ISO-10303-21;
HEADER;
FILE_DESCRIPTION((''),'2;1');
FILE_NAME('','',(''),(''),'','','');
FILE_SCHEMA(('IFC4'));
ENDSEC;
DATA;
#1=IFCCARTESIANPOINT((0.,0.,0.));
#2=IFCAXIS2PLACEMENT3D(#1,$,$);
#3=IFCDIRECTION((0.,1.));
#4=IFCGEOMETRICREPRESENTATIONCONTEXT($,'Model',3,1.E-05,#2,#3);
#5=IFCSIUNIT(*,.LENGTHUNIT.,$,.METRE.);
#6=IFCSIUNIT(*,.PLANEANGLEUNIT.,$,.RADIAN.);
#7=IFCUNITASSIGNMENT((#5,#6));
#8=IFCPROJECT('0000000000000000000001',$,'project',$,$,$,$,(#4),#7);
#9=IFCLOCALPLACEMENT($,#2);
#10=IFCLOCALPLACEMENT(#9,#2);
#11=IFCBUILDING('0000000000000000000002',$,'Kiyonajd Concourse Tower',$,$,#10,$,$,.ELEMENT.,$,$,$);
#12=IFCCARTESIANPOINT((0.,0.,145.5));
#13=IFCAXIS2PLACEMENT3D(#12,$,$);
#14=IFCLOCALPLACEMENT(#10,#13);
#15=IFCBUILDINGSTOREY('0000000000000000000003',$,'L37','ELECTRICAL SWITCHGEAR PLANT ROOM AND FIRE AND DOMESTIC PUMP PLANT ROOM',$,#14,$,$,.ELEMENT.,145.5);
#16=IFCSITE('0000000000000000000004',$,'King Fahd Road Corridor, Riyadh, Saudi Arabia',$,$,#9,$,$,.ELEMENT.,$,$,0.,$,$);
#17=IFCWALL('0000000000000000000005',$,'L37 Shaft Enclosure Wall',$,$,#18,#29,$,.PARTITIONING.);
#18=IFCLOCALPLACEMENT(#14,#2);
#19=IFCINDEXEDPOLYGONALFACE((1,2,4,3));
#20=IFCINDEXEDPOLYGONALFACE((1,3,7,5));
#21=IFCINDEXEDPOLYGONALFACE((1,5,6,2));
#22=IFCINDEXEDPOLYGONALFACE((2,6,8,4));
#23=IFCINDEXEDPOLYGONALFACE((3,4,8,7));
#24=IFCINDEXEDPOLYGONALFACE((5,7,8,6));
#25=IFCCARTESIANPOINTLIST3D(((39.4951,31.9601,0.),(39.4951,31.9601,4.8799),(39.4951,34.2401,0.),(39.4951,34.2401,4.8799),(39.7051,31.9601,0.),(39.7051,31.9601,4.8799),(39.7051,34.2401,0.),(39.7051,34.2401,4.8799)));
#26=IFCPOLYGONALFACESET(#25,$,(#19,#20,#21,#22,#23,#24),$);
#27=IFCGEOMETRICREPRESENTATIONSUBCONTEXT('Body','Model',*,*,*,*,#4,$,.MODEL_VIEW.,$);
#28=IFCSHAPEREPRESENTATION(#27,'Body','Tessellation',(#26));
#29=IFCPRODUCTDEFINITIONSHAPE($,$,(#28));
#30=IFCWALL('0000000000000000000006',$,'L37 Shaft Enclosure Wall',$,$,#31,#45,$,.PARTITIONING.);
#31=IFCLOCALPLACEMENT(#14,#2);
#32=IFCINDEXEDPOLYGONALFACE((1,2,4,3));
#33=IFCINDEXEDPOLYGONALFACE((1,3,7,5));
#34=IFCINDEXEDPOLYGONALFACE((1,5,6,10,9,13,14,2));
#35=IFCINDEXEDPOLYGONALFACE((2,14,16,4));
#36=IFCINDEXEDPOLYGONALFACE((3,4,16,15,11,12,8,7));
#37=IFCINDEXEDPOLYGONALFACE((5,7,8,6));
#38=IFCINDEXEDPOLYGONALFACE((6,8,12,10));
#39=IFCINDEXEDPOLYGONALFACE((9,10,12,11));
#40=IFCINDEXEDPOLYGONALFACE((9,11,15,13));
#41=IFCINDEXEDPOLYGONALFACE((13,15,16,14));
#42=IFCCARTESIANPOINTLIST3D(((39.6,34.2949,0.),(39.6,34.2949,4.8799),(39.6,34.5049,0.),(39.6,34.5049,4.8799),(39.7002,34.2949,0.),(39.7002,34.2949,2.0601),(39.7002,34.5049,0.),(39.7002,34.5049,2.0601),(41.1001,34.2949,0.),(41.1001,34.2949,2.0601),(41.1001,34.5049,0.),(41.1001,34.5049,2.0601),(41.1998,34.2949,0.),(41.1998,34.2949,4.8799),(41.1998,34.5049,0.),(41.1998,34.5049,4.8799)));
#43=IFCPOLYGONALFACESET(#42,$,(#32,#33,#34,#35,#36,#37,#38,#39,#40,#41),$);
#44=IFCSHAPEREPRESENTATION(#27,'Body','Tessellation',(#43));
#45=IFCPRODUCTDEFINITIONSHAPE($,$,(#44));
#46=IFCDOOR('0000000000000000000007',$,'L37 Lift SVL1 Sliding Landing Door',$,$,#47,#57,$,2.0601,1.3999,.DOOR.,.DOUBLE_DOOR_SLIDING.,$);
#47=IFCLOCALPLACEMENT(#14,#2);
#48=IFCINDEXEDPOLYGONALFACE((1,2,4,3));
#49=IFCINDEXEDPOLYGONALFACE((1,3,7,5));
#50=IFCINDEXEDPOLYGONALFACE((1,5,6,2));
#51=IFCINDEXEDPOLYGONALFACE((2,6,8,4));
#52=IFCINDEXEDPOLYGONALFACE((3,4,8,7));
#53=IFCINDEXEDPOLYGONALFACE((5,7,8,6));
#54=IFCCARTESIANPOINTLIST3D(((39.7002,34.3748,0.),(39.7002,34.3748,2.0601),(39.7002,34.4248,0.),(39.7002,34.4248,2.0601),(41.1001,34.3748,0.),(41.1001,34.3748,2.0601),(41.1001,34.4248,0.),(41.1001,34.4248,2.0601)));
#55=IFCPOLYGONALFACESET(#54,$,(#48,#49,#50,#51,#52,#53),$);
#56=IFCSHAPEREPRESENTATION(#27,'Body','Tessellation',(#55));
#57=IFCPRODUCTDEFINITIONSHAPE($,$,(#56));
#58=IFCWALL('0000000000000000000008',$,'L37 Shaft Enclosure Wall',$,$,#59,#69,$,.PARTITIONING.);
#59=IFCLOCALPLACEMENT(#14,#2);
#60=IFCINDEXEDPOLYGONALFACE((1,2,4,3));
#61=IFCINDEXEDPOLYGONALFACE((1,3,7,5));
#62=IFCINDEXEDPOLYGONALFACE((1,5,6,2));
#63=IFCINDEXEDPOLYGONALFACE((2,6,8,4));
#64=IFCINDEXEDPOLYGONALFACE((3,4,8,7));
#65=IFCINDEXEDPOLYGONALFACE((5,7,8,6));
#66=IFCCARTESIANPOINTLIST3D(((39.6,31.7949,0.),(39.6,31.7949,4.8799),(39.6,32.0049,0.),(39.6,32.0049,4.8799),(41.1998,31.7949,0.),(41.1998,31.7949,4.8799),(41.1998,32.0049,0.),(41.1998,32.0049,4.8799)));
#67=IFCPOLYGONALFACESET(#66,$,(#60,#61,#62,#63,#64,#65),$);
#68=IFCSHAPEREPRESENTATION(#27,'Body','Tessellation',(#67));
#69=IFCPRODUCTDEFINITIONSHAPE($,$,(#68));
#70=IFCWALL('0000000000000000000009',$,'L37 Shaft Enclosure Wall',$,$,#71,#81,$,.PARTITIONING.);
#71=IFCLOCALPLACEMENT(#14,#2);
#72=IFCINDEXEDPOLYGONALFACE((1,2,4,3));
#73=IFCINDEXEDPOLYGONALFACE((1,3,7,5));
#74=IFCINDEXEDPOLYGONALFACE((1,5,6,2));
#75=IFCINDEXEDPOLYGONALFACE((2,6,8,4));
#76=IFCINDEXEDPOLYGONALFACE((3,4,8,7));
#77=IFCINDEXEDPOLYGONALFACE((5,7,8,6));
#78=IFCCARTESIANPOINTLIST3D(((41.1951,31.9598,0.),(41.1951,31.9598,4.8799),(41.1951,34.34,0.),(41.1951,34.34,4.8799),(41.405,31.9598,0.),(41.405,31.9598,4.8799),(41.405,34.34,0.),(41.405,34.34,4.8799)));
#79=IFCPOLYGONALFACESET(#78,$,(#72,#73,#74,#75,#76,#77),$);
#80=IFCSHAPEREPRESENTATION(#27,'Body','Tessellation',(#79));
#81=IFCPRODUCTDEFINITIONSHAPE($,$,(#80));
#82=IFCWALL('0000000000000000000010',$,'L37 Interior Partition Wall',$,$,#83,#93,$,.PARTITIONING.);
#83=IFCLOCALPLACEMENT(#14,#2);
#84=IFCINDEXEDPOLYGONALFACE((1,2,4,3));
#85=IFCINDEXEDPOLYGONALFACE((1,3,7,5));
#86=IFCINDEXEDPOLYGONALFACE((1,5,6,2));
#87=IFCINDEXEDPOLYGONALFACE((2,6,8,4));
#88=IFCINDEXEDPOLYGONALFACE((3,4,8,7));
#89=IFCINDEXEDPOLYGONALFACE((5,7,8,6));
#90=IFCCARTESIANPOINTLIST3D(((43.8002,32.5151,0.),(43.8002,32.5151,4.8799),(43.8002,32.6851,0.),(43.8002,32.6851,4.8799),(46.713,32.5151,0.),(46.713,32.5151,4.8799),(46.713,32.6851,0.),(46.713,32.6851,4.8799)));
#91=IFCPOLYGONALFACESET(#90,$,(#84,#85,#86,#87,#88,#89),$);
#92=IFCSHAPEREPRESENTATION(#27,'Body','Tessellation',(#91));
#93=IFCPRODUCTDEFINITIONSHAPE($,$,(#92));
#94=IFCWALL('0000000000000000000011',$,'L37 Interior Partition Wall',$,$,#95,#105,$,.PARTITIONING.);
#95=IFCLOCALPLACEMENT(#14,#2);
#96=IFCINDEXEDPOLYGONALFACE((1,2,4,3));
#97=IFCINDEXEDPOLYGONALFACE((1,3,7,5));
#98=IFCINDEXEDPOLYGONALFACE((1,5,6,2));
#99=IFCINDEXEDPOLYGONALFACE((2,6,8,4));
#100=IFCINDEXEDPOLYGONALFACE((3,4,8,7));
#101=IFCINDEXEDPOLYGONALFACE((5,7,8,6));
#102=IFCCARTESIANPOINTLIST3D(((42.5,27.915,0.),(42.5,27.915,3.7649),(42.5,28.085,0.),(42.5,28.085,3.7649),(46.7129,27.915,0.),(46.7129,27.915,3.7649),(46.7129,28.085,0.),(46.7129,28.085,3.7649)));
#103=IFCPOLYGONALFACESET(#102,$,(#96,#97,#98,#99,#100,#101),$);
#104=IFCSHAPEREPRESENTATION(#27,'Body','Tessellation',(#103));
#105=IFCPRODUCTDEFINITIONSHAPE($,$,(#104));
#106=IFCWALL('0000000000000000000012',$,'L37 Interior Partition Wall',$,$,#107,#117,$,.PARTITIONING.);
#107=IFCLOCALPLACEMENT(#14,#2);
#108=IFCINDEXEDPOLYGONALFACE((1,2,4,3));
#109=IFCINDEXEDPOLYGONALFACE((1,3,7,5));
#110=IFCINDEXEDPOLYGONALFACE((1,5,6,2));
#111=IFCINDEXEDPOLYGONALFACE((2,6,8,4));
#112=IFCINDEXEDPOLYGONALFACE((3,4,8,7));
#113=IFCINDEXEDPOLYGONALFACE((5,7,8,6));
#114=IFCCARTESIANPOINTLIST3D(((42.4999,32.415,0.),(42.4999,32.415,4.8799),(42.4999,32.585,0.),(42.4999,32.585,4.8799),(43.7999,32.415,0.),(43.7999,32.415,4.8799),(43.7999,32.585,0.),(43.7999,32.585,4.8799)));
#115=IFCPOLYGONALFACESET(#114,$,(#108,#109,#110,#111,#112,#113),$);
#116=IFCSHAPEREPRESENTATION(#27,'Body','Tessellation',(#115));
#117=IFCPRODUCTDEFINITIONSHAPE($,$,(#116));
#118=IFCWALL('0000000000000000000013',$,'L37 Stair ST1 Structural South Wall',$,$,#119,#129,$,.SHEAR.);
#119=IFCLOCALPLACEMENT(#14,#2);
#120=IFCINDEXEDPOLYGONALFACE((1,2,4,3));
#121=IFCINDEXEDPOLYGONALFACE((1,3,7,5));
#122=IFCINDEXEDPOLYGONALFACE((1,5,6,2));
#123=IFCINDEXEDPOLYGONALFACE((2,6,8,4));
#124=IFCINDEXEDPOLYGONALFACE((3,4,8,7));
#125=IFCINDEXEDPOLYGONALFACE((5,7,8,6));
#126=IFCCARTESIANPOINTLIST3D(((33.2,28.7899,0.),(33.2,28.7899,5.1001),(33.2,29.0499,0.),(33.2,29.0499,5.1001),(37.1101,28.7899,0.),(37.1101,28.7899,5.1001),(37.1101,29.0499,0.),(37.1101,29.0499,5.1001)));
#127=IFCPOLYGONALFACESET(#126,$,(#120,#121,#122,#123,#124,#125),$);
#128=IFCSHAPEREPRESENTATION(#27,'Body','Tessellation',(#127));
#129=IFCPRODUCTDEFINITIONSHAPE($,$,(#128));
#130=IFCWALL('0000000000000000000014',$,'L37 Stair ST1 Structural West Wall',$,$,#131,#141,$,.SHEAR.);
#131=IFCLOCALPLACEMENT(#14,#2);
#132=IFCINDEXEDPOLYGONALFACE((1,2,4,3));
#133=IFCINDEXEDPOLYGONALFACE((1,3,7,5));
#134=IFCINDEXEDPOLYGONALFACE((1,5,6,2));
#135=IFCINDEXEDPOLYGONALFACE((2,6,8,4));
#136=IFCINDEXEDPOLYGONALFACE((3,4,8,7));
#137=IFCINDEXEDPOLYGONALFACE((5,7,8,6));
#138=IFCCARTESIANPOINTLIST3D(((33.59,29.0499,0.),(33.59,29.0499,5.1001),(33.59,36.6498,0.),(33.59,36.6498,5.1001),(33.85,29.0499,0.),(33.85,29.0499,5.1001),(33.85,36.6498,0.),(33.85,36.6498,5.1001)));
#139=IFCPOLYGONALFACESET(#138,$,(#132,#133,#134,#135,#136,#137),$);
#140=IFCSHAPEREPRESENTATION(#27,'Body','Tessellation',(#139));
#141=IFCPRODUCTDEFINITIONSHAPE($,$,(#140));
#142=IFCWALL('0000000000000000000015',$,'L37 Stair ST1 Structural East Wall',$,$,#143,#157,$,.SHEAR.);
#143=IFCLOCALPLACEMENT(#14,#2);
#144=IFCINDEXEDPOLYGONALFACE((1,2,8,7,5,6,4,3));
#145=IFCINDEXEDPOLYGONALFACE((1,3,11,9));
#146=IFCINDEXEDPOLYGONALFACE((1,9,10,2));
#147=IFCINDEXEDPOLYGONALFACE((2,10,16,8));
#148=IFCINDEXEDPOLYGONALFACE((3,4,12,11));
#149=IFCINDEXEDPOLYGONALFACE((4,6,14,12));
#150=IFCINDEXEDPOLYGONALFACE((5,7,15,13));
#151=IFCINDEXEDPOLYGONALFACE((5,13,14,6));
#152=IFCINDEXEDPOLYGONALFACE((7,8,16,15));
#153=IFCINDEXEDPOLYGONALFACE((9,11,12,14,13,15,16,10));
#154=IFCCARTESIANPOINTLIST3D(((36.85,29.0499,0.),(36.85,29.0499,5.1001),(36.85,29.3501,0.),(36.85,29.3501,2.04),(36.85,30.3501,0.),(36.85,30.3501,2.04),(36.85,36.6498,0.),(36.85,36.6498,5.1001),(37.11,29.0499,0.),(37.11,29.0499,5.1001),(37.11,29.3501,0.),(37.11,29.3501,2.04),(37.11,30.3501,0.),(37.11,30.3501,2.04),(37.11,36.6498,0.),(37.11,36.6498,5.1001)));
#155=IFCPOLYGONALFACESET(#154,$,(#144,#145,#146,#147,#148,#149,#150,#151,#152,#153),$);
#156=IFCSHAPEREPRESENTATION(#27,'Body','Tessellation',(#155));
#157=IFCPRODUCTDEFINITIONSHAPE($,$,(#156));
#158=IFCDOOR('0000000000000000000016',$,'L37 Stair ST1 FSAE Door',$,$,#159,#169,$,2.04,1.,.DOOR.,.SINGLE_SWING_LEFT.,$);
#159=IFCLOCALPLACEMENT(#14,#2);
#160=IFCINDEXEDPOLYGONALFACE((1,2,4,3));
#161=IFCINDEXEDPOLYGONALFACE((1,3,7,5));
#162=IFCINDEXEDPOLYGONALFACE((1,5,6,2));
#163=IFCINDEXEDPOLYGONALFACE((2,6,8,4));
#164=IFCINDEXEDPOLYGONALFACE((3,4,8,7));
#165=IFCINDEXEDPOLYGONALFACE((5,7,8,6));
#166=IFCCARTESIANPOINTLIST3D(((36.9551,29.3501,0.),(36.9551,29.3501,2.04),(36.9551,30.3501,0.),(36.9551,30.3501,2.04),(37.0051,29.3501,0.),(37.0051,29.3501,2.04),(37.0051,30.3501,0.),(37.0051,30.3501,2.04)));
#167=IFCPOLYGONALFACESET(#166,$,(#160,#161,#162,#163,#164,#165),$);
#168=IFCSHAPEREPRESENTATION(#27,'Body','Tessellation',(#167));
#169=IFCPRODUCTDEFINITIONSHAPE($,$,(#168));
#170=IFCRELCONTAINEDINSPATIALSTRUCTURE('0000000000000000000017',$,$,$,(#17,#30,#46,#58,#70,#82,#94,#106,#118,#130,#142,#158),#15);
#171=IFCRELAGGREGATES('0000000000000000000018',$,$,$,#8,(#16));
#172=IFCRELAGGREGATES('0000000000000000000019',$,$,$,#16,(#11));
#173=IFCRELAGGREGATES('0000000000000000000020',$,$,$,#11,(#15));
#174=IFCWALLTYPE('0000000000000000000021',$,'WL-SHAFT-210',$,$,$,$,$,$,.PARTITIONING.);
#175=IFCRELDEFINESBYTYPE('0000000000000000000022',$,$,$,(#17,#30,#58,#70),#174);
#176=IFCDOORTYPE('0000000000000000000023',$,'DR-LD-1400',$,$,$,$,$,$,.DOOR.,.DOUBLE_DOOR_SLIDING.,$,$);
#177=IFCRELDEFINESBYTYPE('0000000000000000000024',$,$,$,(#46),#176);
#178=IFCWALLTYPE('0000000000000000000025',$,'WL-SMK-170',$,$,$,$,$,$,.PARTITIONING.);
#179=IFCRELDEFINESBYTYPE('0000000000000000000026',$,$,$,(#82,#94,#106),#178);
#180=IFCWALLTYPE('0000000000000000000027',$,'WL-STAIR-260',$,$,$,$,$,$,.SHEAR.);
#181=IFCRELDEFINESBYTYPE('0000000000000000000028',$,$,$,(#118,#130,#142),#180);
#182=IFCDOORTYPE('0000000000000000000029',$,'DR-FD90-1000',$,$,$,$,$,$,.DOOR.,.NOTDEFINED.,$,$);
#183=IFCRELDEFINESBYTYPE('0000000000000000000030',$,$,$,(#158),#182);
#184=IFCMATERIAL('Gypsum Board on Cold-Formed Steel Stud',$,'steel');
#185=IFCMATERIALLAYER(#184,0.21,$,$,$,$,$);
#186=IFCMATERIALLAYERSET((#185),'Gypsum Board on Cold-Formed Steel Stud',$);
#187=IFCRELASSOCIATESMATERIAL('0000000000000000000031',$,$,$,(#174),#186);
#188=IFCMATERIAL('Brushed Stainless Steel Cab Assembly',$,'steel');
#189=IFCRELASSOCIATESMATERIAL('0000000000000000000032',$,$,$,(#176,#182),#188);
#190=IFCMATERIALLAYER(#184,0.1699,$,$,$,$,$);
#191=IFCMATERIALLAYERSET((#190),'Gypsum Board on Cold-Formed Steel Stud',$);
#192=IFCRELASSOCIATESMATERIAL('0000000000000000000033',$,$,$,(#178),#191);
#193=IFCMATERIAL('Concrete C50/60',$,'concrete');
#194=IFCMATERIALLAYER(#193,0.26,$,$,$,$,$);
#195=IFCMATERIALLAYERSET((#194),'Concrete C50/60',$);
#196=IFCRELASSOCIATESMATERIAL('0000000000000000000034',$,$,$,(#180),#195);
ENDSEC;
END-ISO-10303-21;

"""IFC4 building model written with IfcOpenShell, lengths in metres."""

from ifc_helpers import new_model, si_unit, direction, frame, frame_2d, origin, place, context, subcontext, project, spatial, rectangle, extrude, material, layer, layer_set, type_object, element, fill, save


model = new_model("IFC4")

# Units and contexts
model_context = context("Model", 3, precision=1e-05, world=origin(), true_north=direction((0.0, 1.0)))
body_context = subcontext(model_context, "Body", "Model", "MODEL_VIEW")
ifc_project = project(units=[si_unit("LENGTHUNIT", "METRE"), si_unit("PLANEANGLEUNIT", "RADIAN")], contexts=[model_context])

# Site, building, storey
site_placement = place(None, origin())
site = spatial("IfcSite", under=ifc_project, at=site_placement, Name="King Fahd Road Corridor, Riyadh, Saudi Arabia", CompositionType="ELEMENT", RefElevation=0.0)
building_placement = place(site_placement, origin())
building = spatial("IfcBuilding", under=site, at=building_placement, Name="Kiyonajd Concourse Tower", CompositionType="ELEMENT")
storey_placement = place(building_placement, frame((0.0, 0.0, 145.5)))
storey = spatial("IfcBuildingStorey", under=building, at=storey_placement, Name="L37", Description="ELECTRICAL SWITCHGEAR PLANT ROOM AND FIRE AND DOMESTIC PUMP PLANT ROOM", CompositionType="ELEMENT", Elevation=145.5)

# Shared definitions
ifc_material_1 = material(Name="Concrete C50/60", Category="concrete")

# Shared definitions
ifc_material_2 = material(Name="Brushed Stainless Steel Cab Assembly", Category="steel")

# Shared definitions
ifc_material_3 = material(Name="Gypsum Board on Cold-Formed Steel Stud", Category="steel")

# Shared definitions
ifc_layer_1 = layer(ifc_material_3, 0.21)
ifc_layer_set_1 = layer_set([ifc_layer_1], Name="Gypsum Board on Cold-Formed Steel Stud")
wall_type_1 = type_object("IfcWallType", Name="WL-SHAFT-210", PredefinedType="PARTITIONING", material=ifc_layer_set_1)

# Wall
wall_1_placement = place(storey_placement, frame((39.6001, 31.96, 0.0), z_axis=(0.0, 0.0, 1.0), x_axis=(0.0, 1.0, 0.0)))
element("IfcWall", 1, at=wall_1_placement, inside=storey, type_object=wall_type_1, Name="L37 Shaft Enclosure Wall", PredefinedType="PARTITIONING", context=body_context, shape_type="SweptSolid", body=[
    extrude(rectangle(XDim=2.28, YDim=0.21, at=frame_2d((1.1401, 0.0))), origin(), (0.0, 0.0, 1.0), 4.8799),
])

# Wall, opening, door
wall_2_placement = place(storey_placement, frame((39.6001, 34.3999, 0.0), z_axis=(0.0, 0.0, 1.0), x_axis=(1.0, 0.0, 0.0)))
wall_2 = element("IfcWall", 2, at=wall_2_placement, inside=storey, type_object=wall_type_1, Name="L37 Shaft Enclosure Wall", PredefinedType="PARTITIONING", context=body_context, shape_type="SweptSolid", body=[
    extrude(rectangle(XDim=1.5999, YDim=0.21, at=frame_2d((0.7998, 0.0))), origin(), (0.0, 0.0, 1.0), 4.8799),
])
opening_1_placement = place(wall_2_placement, frame((0.1001, 0.0, 0.0)))
opening_1 = element("IfcOpeningElement", 3, at=opening_1_placement, cuts=wall_2, PredefinedType="OPENING", context=body_context, shape_type="SweptSolid", body=[
    extrude(rectangle(XDim=1.3999, YDim=2.0601, at=frame_2d((0.7, 1.03))), frame((0.0, 0.115, 0.0), z_axis=(0.0, -1.0, 0.0), x_axis=(1.0, 0.0, 0.0)), (0.0, 0.0, 1.0), 0.23),
])
door_type_1 = type_object("IfcDoorType", Name="DR-LD-1400", OperationType="DOUBLE_DOOR_SLIDING", PredefinedType="DOOR", material=ifc_material_2)
door_1_placement = place(opening_1_placement, origin())
door_1 = element("IfcDoor", 4, at=door_1_placement, inside=storey, type_object=door_type_1, Name="L37 Lift SVL1 Sliding Landing Door", OperationType="DOUBLE_DOOR_SLIDING", OverallHeight=2.0601, OverallWidth=1.3999, PredefinedType="DOOR", context=body_context, shape_type="SweptSolid", body=[
    extrude(rectangle(XDim=1.3999, YDim=2.0601, at=frame_2d((0.7, 1.03))), frame((0.0, 0.0249, 0.0), z_axis=(0.0, -1.0, 0.0), x_axis=(1.0, 0.0, 0.0)), (0.0, 0.0, 1.0), 0.05),
])
fill(opening_1, door_1)

# Walls
wall_3_placement = place(storey_placement, frame((39.6001, 31.8999, 0.0), z_axis=(0.0, 0.0, 1.0), x_axis=(1.0, 0.0, 0.0)))
element("IfcWall", 5, at=wall_3_placement, inside=storey, type_object=wall_type_1, Name="L37 Shaft Enclosure Wall", PredefinedType="PARTITIONING", context=body_context, shape_type="SweptSolid", body=[
    extrude(rectangle(XDim=1.5999, YDim=0.21, at=frame_2d((0.7998, 0.0))), origin(), (0.0, 0.0, 1.0), 4.8799),
])
wall_4_placement = place(storey_placement, frame((41.3, 31.96, 0.0), z_axis=(0.0, 0.0, 1.0), x_axis=(0.0, 1.0, 0.0)))
element("IfcWall", 6, at=wall_4_placement, inside=storey, type_object=wall_type_1, Name="L37 Shaft Enclosure Wall", PredefinedType="PARTITIONING", context=body_context, shape_type="SweptSolid", body=[
    extrude(rectangle(XDim=2.3801, YDim=0.21, at=frame_2d((1.1899, 0.0))), origin(), (0.0, 0.0, 1.0), 4.8799),
])
ifc_layer_2 = layer(ifc_material_3, 0.1699)
ifc_layer_set_2 = layer_set([ifc_layer_2], Name="Gypsum Board on Cold-Formed Steel Stud")
wall_type_2 = type_object("IfcWallType", Name="WL-SMK-170", PredefinedType="PARTITIONING", material=ifc_layer_set_2)
wall_5_placement = place(storey_placement, frame((43.8, 32.6001, 0.0), z_axis=(0.0, 0.0, 1.0), x_axis=(1.0, 0.0, 0.0)))
element("IfcWall", 7, at=wall_5_placement, inside=storey, type_object=wall_type_2, Name="L37 Interior Partition Wall", PredefinedType="PARTITIONING", context=body_context, shape_type="SweptSolid", body=[
    extrude(rectangle(XDim=2.9128, YDim=0.1699, at=frame_2d((1.4565, 0.0))), origin(), (0.0, 0.0, 1.0), 4.8799),
])
wall_6_placement = place(storey_placement, frame((42.5, 28.0, 0.0), z_axis=(0.0, 0.0, 1.0), x_axis=(1.0, 0.0, 0.0)))
element("IfcWall", 8, at=wall_6_placement, inside=storey, type_object=wall_type_2, Name="L37 Interior Partition Wall", PredefinedType="PARTITIONING", context=body_context, shape_type="SweptSolid", body=[
    extrude(rectangle(XDim=4.2129, YDim=0.1699, at=frame_2d((2.1064, 0.0))), origin(), (0.0, 0.0, 1.0), 3.7649),
])
wall_7_placement = place(storey_placement, frame((42.5, 32.5, 0.0), z_axis=(0.0, 0.0, 1.0), x_axis=(1.0, 0.0, 0.0)))
element("IfcWall", 9, at=wall_7_placement, inside=storey, type_object=wall_type_2, Name="L37 Interior Partition Wall", PredefinedType="PARTITIONING", context=body_context, shape_type="SweptSolid", body=[
    extrude(rectangle(XDim=1.3, YDim=0.1699, at=frame_2d((0.6499, 0.0))), origin(), (0.0, 0.0, 1.0), 4.8799),
])
ifc_layer_3 = layer(ifc_material_1, 0.26)
ifc_layer_set_3 = layer_set([ifc_layer_3], Name="Concrete C50/60")
wall_type_3 = type_object("IfcWallType", Name="WL-STAIR-260", PredefinedType="SHEAR", material=ifc_layer_set_3)
wall_8_placement = place(storey_placement, frame((33.2, 28.9199, 0.0), z_axis=(0.0, 0.0, 1.0), x_axis=(1.0, 0.0, 0.0)))
element("IfcWall", 10, at=wall_8_placement, inside=storey, type_object=wall_type_3, Name="L37 Stair ST1 Structural South Wall", PredefinedType="SHEAR", context=body_context, shape_type="SweptSolid", body=[
    extrude(rectangle(XDim=3.9102, YDim=0.26, at=frame_2d((1.9551, 0.0))), origin(), (0.0, 0.0, 1.0), 5.1001),
])
wall_9_placement = place(storey_placement, frame((33.72, 29.05, 0.0), z_axis=(0.0, 0.0, 1.0), x_axis=(0.0, 1.0, 0.0)))
element("IfcWall", 11, at=wall_9_placement, inside=storey, type_object=wall_type_3, Name="L37 Stair ST1 Structural West Wall", PredefinedType="SHEAR", context=body_context, shape_type="SweptSolid", body=[
    extrude(rectangle(XDim=7.5999, YDim=0.26, at=frame_2d((3.7998, 0.0))), origin(), (0.0, 0.0, 1.0), 5.1001),
])

# Wall, opening, door
wall_10_placement = place(storey_placement, frame((36.98, 29.05, 0.0), z_axis=(0.0, 0.0, 1.0), x_axis=(0.0, 1.0, 0.0)))
wall_10 = element("IfcWall", 12, at=wall_10_placement, inside=storey, type_object=wall_type_3, Name="L37 Stair ST1 Structural East Wall", PredefinedType="SHEAR", context=body_context, shape_type="SweptSolid", body=[
    extrude(rectangle(XDim=7.5999, YDim=0.26, at=frame_2d((3.7998, 0.0))), origin(), (0.0, 0.0, 1.0), 5.1001),
])
opening_2_placement = place(wall_10_placement, frame((0.3, 0.0, 0.0)))
opening_2 = element("IfcOpeningElement", 13, at=opening_2_placement, cuts=wall_10, PredefinedType="OPENING", context=body_context, shape_type="SweptSolid", body=[
    extrude(rectangle(XDim=1.0, YDim=2.04, at=frame_2d((0.5, 1.02))), frame((0.0, 0.1399, 0.0), z_axis=(0.0, -1.0, 0.0), x_axis=(1.0, 0.0, 0.0)), (0.0, 0.0, 1.0), 0.28),
])
door_type_2 = type_object("IfcDoorType", Name="DR-FD90-1000", OperationType="NOTDEFINED", PredefinedType="DOOR", material=ifc_material_2)
door_2_placement = place(opening_2_placement, origin())
door_2 = element("IfcDoor", 14, at=door_2_placement, inside=storey, type_object=door_type_2, Name="L37 Stair ST1 FSAE Door", OperationType="SINGLE_SWING_LEFT", OverallHeight=2.04, OverallWidth=1.0, PredefinedType="DOOR", context=body_context, shape_type="SweptSolid", body=[
    extrude(rectangle(XDim=1.0, YDim=2.04, at=frame_2d((0.5, 1.02))), frame((0.0, 0.0249, 0.0), z_axis=(0.0, -1.0, 0.0), x_axis=(1.0, 0.0, 0.0)), (0.0, 0.0, 1.0), 0.05),
])
fill(opening_2, door_2)

save(model, "model.ifc")
